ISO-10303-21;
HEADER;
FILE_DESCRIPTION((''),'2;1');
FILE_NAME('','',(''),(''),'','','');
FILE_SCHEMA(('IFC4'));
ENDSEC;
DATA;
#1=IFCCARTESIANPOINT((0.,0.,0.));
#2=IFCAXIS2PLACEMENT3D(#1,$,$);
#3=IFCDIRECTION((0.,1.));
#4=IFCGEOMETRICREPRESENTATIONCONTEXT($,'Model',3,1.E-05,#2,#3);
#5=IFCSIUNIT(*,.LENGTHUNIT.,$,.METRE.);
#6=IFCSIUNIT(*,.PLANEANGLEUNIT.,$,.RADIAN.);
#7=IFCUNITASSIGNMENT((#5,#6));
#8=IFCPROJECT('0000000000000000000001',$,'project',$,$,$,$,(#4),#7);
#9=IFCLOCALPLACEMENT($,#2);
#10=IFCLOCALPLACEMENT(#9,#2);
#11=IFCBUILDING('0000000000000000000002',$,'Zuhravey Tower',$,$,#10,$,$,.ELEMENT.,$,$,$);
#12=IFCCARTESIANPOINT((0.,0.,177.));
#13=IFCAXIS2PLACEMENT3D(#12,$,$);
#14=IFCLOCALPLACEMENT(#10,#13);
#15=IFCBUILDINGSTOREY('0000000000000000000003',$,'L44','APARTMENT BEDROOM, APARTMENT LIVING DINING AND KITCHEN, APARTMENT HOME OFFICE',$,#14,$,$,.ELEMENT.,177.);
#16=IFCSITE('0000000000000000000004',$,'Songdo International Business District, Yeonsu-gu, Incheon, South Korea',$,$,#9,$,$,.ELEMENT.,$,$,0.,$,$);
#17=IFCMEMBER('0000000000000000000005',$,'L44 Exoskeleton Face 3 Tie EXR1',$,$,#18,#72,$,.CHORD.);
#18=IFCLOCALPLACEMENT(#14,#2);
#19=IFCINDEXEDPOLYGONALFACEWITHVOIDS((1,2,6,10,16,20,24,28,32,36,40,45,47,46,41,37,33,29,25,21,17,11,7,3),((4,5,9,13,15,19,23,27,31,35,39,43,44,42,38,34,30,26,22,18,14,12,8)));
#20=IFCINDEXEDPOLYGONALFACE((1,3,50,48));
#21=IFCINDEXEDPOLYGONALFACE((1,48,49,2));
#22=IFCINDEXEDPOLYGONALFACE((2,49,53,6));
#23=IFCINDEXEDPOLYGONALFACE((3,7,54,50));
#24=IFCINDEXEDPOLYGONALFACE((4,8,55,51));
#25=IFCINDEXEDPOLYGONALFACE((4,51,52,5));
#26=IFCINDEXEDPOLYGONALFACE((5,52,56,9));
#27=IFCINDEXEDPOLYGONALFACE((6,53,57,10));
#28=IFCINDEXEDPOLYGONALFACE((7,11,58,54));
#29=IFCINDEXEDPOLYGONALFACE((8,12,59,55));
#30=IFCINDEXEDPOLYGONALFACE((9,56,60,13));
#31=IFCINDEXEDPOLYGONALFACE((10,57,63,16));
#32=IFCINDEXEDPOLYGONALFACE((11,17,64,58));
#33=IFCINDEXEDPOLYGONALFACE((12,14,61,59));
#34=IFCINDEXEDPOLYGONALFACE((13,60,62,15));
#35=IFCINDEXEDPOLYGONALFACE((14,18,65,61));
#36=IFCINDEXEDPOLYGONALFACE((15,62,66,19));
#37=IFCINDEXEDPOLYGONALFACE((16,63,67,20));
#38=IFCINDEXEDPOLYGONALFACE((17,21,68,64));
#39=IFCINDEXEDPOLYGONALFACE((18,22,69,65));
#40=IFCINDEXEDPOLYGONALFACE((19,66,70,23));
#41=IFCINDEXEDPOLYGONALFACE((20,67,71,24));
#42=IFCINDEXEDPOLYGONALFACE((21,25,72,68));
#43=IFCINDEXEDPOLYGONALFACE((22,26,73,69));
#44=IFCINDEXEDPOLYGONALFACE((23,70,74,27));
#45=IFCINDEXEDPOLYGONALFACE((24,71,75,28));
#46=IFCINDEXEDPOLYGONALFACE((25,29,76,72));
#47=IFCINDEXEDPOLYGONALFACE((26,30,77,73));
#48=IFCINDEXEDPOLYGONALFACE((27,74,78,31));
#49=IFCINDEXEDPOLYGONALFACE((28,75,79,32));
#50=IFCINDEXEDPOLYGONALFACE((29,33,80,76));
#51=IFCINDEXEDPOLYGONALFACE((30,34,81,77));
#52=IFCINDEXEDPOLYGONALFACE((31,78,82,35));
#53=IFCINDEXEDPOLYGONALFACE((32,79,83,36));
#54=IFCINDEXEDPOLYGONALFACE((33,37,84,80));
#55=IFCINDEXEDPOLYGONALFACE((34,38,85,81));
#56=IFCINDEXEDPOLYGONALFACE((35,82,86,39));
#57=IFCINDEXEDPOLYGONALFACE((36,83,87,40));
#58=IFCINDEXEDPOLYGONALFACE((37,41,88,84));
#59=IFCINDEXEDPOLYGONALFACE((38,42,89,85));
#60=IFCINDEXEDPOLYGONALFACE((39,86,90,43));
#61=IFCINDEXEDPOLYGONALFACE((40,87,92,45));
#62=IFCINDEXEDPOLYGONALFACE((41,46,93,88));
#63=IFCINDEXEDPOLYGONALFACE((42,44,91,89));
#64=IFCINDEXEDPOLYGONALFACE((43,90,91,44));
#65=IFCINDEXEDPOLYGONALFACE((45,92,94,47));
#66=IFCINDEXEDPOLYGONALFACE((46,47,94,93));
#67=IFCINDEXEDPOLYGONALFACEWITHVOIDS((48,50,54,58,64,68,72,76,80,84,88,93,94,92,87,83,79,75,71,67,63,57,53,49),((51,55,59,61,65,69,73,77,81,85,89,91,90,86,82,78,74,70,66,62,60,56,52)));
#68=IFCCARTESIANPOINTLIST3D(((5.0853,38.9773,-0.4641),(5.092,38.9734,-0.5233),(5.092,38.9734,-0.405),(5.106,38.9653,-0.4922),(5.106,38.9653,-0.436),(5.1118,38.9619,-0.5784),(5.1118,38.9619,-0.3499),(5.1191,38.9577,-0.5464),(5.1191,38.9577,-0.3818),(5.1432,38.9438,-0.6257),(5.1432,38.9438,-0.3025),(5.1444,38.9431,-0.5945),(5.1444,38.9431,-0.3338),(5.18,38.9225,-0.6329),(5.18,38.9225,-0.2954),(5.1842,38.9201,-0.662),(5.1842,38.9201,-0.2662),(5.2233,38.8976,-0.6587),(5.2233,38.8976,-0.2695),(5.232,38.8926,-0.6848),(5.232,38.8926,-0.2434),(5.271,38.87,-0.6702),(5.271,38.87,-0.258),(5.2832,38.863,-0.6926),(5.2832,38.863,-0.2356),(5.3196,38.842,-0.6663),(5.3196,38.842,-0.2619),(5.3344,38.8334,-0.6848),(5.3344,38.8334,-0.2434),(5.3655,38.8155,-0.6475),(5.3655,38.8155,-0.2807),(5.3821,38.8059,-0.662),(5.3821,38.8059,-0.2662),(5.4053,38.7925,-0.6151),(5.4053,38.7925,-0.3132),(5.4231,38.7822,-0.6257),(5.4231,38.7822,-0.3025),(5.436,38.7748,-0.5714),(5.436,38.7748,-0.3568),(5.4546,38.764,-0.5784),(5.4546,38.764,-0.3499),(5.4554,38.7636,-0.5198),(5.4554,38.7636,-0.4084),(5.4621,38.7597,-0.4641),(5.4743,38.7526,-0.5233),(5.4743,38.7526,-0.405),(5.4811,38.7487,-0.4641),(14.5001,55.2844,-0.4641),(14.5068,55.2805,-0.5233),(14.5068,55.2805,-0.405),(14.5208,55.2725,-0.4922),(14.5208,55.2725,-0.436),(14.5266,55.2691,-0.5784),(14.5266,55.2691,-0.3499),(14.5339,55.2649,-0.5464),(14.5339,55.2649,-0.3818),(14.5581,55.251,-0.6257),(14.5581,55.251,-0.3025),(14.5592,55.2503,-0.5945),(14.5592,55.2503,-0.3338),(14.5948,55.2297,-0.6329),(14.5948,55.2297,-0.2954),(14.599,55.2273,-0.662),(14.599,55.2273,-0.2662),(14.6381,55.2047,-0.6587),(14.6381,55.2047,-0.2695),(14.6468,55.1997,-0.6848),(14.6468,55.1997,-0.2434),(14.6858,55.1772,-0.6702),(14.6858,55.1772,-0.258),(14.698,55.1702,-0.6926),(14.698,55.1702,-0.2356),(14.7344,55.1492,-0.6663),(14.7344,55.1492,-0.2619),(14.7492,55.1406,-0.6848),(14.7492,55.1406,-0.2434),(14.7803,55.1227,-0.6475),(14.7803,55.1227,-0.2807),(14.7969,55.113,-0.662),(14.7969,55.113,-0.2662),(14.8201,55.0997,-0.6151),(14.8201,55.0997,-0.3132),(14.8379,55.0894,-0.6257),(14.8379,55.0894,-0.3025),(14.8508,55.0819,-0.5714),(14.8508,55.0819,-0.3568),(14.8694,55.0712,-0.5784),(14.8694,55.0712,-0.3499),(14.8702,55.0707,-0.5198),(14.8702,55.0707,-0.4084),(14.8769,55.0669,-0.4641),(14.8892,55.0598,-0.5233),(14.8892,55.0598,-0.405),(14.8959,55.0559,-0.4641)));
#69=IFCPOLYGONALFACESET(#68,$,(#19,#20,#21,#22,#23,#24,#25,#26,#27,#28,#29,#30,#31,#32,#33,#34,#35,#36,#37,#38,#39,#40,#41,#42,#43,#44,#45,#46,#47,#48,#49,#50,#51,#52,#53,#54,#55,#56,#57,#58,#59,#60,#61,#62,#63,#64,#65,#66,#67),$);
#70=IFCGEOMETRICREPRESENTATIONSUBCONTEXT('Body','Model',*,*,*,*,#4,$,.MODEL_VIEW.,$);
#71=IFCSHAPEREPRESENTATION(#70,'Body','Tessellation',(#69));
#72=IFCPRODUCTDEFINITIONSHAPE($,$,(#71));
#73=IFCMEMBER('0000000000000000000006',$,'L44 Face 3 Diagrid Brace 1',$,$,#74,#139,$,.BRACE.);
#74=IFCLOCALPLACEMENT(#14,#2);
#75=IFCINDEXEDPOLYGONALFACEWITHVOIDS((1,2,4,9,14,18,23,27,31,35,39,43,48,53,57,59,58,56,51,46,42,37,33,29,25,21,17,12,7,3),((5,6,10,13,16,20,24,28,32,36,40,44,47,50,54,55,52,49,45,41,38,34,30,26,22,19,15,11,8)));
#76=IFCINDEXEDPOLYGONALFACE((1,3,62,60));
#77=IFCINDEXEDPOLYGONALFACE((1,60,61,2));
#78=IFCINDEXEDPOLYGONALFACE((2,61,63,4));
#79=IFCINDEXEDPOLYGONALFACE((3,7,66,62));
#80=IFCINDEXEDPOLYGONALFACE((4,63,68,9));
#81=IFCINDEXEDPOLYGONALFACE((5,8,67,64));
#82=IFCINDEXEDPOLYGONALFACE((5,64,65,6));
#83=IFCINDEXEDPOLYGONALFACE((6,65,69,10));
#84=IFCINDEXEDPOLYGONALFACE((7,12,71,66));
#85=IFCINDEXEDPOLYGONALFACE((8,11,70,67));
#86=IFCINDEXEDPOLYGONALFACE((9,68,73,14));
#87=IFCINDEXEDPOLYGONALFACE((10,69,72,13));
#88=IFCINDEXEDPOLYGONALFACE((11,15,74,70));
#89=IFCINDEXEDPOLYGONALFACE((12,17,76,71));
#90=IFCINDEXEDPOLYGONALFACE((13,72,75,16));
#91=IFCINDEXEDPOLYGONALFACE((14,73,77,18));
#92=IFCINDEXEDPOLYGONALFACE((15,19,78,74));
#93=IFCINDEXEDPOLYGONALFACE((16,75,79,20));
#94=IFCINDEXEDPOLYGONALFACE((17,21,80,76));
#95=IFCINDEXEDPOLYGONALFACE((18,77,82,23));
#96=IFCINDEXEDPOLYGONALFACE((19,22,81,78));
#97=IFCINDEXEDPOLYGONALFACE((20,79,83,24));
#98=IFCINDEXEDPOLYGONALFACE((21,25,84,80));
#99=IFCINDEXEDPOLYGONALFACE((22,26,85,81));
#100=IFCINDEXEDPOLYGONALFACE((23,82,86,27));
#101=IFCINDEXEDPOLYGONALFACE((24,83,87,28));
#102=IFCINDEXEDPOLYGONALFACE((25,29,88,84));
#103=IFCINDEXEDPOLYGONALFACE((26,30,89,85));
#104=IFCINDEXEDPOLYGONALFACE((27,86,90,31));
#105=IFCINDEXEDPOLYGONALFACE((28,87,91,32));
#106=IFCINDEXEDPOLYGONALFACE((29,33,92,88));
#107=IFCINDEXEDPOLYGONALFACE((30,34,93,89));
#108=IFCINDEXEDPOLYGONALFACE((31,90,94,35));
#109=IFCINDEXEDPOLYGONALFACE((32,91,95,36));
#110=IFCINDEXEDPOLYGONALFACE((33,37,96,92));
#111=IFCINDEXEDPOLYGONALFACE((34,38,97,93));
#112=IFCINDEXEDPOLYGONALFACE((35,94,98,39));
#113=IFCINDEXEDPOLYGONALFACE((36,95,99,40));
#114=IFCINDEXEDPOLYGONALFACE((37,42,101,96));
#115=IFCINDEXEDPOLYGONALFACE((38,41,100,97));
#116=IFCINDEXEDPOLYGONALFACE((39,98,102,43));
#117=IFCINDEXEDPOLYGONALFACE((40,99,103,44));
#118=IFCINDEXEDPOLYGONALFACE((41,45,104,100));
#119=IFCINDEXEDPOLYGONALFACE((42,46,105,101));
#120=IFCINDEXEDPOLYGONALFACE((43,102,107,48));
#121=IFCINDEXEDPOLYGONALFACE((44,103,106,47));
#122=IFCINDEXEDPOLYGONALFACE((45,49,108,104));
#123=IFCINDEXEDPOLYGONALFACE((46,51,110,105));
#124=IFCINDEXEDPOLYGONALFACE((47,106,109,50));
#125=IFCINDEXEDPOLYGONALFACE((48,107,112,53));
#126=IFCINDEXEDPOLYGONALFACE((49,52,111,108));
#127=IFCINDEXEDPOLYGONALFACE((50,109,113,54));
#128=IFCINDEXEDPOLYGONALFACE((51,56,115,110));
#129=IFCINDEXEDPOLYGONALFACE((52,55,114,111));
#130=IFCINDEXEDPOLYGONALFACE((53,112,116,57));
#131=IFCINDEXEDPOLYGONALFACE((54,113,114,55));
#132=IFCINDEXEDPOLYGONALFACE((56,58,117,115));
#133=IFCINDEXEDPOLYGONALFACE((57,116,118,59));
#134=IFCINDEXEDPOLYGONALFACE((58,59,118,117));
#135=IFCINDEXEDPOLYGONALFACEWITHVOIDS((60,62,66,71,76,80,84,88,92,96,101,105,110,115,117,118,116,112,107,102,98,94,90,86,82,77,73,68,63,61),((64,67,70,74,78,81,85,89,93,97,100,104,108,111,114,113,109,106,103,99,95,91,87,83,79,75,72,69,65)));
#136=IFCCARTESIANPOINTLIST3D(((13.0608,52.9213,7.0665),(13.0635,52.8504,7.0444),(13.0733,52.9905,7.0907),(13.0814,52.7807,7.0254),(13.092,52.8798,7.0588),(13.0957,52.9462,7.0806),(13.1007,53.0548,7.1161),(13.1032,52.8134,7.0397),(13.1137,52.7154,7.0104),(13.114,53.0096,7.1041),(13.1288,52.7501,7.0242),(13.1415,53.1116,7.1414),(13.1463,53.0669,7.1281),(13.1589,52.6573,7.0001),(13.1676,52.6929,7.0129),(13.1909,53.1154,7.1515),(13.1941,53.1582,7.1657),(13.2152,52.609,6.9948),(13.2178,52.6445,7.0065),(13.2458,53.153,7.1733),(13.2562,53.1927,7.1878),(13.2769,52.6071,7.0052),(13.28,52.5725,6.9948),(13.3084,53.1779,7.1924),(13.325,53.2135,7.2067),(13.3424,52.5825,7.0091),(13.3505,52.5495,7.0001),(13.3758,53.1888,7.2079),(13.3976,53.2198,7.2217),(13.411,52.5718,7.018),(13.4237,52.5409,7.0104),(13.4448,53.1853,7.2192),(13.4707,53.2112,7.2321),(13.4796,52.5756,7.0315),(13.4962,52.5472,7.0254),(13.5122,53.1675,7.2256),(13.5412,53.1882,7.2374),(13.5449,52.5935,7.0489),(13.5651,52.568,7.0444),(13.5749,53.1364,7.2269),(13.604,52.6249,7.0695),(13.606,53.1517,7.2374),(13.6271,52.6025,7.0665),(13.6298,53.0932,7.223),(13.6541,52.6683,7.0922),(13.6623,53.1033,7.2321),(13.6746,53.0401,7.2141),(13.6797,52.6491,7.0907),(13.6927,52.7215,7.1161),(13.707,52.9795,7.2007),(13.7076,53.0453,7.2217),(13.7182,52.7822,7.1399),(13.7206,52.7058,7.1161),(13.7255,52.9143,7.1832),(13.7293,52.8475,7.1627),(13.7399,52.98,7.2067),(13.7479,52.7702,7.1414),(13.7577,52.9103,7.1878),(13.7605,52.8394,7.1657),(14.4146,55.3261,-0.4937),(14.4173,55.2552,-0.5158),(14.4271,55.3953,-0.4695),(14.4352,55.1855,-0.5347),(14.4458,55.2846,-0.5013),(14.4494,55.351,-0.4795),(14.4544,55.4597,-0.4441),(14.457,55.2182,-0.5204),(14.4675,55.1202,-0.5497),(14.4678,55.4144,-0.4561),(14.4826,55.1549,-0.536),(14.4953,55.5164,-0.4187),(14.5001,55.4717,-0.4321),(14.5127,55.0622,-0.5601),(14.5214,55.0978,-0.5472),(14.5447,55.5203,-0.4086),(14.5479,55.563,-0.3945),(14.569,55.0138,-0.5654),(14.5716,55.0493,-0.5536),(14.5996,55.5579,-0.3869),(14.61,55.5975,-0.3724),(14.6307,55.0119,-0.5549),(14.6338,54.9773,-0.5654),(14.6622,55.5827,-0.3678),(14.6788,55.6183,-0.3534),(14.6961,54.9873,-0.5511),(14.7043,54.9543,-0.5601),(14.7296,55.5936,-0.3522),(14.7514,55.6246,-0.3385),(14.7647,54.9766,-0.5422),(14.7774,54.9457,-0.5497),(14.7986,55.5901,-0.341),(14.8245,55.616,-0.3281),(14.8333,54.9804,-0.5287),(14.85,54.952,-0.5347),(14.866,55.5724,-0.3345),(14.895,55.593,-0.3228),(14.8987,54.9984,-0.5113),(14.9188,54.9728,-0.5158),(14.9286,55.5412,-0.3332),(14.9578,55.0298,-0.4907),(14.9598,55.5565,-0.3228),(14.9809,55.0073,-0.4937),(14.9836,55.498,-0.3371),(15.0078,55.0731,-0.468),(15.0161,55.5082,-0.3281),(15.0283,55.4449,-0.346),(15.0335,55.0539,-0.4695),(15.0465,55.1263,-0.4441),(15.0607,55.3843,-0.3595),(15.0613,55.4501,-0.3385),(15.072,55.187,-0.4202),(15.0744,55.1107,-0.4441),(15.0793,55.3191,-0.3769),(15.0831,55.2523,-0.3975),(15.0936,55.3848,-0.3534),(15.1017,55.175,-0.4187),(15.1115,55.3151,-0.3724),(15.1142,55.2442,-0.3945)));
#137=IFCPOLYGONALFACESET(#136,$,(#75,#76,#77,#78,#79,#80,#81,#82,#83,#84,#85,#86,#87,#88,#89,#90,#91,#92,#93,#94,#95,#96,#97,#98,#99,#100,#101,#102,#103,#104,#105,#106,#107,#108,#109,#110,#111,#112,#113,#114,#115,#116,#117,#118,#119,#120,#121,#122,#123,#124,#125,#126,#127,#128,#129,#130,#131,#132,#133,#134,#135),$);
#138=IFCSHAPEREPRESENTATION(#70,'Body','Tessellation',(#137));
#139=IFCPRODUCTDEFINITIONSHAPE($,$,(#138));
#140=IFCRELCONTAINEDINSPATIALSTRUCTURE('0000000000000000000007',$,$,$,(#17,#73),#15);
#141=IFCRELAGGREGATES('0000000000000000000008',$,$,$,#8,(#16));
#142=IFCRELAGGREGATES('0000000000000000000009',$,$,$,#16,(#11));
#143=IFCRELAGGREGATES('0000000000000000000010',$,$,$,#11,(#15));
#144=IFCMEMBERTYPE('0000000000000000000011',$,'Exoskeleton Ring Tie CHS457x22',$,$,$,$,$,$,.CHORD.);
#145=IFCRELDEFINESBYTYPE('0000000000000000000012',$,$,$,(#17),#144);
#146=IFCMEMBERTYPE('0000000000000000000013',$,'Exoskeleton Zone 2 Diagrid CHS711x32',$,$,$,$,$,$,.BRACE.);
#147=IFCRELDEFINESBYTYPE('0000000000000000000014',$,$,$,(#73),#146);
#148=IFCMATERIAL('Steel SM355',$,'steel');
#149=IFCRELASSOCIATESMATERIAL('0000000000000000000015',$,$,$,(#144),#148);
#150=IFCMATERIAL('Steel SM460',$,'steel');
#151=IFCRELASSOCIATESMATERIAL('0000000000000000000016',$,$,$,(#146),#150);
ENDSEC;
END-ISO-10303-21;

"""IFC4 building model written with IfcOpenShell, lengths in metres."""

from ifc_helpers import new_model, si_unit, direction, frame, origin, origin_2d, place, context, subcontext, project, spatial, hollow_circle, extrude, material, material_profile, profile_set, type_object, element, save


model = new_model("IFC4")

# Units and contexts
model_context = context("Model", 3, precision=1e-05, world=origin(), true_north=direction((0.0, 1.0)))
body_context = subcontext(model_context, "Body", "Model", "MODEL_VIEW")
ifc_project = project(units=[si_unit("LENGTHUNIT", "METRE"), si_unit("PLANEANGLEUNIT", "RADIAN")], contexts=[model_context])

# Site, building, storey
site_placement = place(None, origin())
site = spatial("IfcSite", under=ifc_project, at=site_placement, Name="Songdo International Business District, Yeonsu-gu, Incheon, South Korea", CompositionType="ELEMENT", RefElevation=0.0)
building_placement = place(site_placement, origin())
building = spatial("IfcBuilding", under=site, at=building_placement, Name="Zuhravey Tower", CompositionType="ELEMENT")
storey_placement = place(building_placement, frame((0.0, 0.0, 177.0)))
storey = spatial("IfcBuildingStorey", under=building, at=storey_placement, Name="L44", Description="APARTMENT BEDROOM, APARTMENT LIVING DINING AND KITCHEN, APARTMENT HOME OFFICE", CompositionType="ELEMENT", Elevation=177.0)

# Members
ifc_material_1 = material(Name="Steel SM355", Category="steel")
ifc_material_profile_1 = material_profile(ifc_material_1, hollow_circle(Radius=0.2285, WallThickness=0.022, at=origin_2d()), Name="CHS-457.2x22")
ifc_profile_set_1 = profile_set([ifc_material_profile_1], Name="Steel SM355")
member_type_1 = type_object("IfcMemberType", Name="Exoskeleton Ring Tie CHS457x22", PredefinedType="CHORD", material=ifc_profile_set_1)
member_1_placement = place(storey_placement, frame((14.698, 55.1702, -0.4641), z_axis=(-0.499995, -0.866028, 0.0), x_axis=(0.866028, -0.499995, 0.0)))
element("IfcMember", 1, at=member_1_placement, inside=storey, type_object=member_type_1, Name="L44 Exoskeleton Face 3 Tie EXR1", PredefinedType="CHORD", context=body_context, shape_type="SweptSolid", body=[
    extrude(hollow_circle(Radius=0.2285, WallThickness=0.022, at=origin_2d()), origin(), (0.0, 0.0, 1.0), 18.8298),
])
ifc_material_2 = material(Name="Steel SM460", Category="steel")
ifc_material_profile_2 = material_profile(ifc_material_2, hollow_circle(Radius=0.3557, WallThickness=0.032, at=origin_2d()), Name="CHS-711.2x32")
ifc_profile_set_2 = profile_set([ifc_material_profile_2], Name="Steel SM460")
member_type_2 = type_object("IfcMemberType", Name="Exoskeleton Zone 2 Diagrid CHS711x32", PredefinedType="BRACE", material=ifc_profile_set_2)
member_2_placement = place(storey_placement, frame((14.7644, 55.2852, -0.4441), z_axis=(-0.168211, -0.298806, 0.939372), x_axis=(0.87141, -0.490555, 0.0)))
element("IfcMember", 2, at=member_2_placement, inside=storey, type_object=member_type_2, Name="L44 Face 3 Diagrid Brace 1", PredefinedType="BRACE", context=body_context, shape_type="SweptSolid", body=[
    extrude(hollow_circle(Radius=0.3557, WallThickness=0.032, at=origin_2d()), origin(), (0.0, 0.0, 1.0), 8.0481),
])

save(model, "model.ifc")
